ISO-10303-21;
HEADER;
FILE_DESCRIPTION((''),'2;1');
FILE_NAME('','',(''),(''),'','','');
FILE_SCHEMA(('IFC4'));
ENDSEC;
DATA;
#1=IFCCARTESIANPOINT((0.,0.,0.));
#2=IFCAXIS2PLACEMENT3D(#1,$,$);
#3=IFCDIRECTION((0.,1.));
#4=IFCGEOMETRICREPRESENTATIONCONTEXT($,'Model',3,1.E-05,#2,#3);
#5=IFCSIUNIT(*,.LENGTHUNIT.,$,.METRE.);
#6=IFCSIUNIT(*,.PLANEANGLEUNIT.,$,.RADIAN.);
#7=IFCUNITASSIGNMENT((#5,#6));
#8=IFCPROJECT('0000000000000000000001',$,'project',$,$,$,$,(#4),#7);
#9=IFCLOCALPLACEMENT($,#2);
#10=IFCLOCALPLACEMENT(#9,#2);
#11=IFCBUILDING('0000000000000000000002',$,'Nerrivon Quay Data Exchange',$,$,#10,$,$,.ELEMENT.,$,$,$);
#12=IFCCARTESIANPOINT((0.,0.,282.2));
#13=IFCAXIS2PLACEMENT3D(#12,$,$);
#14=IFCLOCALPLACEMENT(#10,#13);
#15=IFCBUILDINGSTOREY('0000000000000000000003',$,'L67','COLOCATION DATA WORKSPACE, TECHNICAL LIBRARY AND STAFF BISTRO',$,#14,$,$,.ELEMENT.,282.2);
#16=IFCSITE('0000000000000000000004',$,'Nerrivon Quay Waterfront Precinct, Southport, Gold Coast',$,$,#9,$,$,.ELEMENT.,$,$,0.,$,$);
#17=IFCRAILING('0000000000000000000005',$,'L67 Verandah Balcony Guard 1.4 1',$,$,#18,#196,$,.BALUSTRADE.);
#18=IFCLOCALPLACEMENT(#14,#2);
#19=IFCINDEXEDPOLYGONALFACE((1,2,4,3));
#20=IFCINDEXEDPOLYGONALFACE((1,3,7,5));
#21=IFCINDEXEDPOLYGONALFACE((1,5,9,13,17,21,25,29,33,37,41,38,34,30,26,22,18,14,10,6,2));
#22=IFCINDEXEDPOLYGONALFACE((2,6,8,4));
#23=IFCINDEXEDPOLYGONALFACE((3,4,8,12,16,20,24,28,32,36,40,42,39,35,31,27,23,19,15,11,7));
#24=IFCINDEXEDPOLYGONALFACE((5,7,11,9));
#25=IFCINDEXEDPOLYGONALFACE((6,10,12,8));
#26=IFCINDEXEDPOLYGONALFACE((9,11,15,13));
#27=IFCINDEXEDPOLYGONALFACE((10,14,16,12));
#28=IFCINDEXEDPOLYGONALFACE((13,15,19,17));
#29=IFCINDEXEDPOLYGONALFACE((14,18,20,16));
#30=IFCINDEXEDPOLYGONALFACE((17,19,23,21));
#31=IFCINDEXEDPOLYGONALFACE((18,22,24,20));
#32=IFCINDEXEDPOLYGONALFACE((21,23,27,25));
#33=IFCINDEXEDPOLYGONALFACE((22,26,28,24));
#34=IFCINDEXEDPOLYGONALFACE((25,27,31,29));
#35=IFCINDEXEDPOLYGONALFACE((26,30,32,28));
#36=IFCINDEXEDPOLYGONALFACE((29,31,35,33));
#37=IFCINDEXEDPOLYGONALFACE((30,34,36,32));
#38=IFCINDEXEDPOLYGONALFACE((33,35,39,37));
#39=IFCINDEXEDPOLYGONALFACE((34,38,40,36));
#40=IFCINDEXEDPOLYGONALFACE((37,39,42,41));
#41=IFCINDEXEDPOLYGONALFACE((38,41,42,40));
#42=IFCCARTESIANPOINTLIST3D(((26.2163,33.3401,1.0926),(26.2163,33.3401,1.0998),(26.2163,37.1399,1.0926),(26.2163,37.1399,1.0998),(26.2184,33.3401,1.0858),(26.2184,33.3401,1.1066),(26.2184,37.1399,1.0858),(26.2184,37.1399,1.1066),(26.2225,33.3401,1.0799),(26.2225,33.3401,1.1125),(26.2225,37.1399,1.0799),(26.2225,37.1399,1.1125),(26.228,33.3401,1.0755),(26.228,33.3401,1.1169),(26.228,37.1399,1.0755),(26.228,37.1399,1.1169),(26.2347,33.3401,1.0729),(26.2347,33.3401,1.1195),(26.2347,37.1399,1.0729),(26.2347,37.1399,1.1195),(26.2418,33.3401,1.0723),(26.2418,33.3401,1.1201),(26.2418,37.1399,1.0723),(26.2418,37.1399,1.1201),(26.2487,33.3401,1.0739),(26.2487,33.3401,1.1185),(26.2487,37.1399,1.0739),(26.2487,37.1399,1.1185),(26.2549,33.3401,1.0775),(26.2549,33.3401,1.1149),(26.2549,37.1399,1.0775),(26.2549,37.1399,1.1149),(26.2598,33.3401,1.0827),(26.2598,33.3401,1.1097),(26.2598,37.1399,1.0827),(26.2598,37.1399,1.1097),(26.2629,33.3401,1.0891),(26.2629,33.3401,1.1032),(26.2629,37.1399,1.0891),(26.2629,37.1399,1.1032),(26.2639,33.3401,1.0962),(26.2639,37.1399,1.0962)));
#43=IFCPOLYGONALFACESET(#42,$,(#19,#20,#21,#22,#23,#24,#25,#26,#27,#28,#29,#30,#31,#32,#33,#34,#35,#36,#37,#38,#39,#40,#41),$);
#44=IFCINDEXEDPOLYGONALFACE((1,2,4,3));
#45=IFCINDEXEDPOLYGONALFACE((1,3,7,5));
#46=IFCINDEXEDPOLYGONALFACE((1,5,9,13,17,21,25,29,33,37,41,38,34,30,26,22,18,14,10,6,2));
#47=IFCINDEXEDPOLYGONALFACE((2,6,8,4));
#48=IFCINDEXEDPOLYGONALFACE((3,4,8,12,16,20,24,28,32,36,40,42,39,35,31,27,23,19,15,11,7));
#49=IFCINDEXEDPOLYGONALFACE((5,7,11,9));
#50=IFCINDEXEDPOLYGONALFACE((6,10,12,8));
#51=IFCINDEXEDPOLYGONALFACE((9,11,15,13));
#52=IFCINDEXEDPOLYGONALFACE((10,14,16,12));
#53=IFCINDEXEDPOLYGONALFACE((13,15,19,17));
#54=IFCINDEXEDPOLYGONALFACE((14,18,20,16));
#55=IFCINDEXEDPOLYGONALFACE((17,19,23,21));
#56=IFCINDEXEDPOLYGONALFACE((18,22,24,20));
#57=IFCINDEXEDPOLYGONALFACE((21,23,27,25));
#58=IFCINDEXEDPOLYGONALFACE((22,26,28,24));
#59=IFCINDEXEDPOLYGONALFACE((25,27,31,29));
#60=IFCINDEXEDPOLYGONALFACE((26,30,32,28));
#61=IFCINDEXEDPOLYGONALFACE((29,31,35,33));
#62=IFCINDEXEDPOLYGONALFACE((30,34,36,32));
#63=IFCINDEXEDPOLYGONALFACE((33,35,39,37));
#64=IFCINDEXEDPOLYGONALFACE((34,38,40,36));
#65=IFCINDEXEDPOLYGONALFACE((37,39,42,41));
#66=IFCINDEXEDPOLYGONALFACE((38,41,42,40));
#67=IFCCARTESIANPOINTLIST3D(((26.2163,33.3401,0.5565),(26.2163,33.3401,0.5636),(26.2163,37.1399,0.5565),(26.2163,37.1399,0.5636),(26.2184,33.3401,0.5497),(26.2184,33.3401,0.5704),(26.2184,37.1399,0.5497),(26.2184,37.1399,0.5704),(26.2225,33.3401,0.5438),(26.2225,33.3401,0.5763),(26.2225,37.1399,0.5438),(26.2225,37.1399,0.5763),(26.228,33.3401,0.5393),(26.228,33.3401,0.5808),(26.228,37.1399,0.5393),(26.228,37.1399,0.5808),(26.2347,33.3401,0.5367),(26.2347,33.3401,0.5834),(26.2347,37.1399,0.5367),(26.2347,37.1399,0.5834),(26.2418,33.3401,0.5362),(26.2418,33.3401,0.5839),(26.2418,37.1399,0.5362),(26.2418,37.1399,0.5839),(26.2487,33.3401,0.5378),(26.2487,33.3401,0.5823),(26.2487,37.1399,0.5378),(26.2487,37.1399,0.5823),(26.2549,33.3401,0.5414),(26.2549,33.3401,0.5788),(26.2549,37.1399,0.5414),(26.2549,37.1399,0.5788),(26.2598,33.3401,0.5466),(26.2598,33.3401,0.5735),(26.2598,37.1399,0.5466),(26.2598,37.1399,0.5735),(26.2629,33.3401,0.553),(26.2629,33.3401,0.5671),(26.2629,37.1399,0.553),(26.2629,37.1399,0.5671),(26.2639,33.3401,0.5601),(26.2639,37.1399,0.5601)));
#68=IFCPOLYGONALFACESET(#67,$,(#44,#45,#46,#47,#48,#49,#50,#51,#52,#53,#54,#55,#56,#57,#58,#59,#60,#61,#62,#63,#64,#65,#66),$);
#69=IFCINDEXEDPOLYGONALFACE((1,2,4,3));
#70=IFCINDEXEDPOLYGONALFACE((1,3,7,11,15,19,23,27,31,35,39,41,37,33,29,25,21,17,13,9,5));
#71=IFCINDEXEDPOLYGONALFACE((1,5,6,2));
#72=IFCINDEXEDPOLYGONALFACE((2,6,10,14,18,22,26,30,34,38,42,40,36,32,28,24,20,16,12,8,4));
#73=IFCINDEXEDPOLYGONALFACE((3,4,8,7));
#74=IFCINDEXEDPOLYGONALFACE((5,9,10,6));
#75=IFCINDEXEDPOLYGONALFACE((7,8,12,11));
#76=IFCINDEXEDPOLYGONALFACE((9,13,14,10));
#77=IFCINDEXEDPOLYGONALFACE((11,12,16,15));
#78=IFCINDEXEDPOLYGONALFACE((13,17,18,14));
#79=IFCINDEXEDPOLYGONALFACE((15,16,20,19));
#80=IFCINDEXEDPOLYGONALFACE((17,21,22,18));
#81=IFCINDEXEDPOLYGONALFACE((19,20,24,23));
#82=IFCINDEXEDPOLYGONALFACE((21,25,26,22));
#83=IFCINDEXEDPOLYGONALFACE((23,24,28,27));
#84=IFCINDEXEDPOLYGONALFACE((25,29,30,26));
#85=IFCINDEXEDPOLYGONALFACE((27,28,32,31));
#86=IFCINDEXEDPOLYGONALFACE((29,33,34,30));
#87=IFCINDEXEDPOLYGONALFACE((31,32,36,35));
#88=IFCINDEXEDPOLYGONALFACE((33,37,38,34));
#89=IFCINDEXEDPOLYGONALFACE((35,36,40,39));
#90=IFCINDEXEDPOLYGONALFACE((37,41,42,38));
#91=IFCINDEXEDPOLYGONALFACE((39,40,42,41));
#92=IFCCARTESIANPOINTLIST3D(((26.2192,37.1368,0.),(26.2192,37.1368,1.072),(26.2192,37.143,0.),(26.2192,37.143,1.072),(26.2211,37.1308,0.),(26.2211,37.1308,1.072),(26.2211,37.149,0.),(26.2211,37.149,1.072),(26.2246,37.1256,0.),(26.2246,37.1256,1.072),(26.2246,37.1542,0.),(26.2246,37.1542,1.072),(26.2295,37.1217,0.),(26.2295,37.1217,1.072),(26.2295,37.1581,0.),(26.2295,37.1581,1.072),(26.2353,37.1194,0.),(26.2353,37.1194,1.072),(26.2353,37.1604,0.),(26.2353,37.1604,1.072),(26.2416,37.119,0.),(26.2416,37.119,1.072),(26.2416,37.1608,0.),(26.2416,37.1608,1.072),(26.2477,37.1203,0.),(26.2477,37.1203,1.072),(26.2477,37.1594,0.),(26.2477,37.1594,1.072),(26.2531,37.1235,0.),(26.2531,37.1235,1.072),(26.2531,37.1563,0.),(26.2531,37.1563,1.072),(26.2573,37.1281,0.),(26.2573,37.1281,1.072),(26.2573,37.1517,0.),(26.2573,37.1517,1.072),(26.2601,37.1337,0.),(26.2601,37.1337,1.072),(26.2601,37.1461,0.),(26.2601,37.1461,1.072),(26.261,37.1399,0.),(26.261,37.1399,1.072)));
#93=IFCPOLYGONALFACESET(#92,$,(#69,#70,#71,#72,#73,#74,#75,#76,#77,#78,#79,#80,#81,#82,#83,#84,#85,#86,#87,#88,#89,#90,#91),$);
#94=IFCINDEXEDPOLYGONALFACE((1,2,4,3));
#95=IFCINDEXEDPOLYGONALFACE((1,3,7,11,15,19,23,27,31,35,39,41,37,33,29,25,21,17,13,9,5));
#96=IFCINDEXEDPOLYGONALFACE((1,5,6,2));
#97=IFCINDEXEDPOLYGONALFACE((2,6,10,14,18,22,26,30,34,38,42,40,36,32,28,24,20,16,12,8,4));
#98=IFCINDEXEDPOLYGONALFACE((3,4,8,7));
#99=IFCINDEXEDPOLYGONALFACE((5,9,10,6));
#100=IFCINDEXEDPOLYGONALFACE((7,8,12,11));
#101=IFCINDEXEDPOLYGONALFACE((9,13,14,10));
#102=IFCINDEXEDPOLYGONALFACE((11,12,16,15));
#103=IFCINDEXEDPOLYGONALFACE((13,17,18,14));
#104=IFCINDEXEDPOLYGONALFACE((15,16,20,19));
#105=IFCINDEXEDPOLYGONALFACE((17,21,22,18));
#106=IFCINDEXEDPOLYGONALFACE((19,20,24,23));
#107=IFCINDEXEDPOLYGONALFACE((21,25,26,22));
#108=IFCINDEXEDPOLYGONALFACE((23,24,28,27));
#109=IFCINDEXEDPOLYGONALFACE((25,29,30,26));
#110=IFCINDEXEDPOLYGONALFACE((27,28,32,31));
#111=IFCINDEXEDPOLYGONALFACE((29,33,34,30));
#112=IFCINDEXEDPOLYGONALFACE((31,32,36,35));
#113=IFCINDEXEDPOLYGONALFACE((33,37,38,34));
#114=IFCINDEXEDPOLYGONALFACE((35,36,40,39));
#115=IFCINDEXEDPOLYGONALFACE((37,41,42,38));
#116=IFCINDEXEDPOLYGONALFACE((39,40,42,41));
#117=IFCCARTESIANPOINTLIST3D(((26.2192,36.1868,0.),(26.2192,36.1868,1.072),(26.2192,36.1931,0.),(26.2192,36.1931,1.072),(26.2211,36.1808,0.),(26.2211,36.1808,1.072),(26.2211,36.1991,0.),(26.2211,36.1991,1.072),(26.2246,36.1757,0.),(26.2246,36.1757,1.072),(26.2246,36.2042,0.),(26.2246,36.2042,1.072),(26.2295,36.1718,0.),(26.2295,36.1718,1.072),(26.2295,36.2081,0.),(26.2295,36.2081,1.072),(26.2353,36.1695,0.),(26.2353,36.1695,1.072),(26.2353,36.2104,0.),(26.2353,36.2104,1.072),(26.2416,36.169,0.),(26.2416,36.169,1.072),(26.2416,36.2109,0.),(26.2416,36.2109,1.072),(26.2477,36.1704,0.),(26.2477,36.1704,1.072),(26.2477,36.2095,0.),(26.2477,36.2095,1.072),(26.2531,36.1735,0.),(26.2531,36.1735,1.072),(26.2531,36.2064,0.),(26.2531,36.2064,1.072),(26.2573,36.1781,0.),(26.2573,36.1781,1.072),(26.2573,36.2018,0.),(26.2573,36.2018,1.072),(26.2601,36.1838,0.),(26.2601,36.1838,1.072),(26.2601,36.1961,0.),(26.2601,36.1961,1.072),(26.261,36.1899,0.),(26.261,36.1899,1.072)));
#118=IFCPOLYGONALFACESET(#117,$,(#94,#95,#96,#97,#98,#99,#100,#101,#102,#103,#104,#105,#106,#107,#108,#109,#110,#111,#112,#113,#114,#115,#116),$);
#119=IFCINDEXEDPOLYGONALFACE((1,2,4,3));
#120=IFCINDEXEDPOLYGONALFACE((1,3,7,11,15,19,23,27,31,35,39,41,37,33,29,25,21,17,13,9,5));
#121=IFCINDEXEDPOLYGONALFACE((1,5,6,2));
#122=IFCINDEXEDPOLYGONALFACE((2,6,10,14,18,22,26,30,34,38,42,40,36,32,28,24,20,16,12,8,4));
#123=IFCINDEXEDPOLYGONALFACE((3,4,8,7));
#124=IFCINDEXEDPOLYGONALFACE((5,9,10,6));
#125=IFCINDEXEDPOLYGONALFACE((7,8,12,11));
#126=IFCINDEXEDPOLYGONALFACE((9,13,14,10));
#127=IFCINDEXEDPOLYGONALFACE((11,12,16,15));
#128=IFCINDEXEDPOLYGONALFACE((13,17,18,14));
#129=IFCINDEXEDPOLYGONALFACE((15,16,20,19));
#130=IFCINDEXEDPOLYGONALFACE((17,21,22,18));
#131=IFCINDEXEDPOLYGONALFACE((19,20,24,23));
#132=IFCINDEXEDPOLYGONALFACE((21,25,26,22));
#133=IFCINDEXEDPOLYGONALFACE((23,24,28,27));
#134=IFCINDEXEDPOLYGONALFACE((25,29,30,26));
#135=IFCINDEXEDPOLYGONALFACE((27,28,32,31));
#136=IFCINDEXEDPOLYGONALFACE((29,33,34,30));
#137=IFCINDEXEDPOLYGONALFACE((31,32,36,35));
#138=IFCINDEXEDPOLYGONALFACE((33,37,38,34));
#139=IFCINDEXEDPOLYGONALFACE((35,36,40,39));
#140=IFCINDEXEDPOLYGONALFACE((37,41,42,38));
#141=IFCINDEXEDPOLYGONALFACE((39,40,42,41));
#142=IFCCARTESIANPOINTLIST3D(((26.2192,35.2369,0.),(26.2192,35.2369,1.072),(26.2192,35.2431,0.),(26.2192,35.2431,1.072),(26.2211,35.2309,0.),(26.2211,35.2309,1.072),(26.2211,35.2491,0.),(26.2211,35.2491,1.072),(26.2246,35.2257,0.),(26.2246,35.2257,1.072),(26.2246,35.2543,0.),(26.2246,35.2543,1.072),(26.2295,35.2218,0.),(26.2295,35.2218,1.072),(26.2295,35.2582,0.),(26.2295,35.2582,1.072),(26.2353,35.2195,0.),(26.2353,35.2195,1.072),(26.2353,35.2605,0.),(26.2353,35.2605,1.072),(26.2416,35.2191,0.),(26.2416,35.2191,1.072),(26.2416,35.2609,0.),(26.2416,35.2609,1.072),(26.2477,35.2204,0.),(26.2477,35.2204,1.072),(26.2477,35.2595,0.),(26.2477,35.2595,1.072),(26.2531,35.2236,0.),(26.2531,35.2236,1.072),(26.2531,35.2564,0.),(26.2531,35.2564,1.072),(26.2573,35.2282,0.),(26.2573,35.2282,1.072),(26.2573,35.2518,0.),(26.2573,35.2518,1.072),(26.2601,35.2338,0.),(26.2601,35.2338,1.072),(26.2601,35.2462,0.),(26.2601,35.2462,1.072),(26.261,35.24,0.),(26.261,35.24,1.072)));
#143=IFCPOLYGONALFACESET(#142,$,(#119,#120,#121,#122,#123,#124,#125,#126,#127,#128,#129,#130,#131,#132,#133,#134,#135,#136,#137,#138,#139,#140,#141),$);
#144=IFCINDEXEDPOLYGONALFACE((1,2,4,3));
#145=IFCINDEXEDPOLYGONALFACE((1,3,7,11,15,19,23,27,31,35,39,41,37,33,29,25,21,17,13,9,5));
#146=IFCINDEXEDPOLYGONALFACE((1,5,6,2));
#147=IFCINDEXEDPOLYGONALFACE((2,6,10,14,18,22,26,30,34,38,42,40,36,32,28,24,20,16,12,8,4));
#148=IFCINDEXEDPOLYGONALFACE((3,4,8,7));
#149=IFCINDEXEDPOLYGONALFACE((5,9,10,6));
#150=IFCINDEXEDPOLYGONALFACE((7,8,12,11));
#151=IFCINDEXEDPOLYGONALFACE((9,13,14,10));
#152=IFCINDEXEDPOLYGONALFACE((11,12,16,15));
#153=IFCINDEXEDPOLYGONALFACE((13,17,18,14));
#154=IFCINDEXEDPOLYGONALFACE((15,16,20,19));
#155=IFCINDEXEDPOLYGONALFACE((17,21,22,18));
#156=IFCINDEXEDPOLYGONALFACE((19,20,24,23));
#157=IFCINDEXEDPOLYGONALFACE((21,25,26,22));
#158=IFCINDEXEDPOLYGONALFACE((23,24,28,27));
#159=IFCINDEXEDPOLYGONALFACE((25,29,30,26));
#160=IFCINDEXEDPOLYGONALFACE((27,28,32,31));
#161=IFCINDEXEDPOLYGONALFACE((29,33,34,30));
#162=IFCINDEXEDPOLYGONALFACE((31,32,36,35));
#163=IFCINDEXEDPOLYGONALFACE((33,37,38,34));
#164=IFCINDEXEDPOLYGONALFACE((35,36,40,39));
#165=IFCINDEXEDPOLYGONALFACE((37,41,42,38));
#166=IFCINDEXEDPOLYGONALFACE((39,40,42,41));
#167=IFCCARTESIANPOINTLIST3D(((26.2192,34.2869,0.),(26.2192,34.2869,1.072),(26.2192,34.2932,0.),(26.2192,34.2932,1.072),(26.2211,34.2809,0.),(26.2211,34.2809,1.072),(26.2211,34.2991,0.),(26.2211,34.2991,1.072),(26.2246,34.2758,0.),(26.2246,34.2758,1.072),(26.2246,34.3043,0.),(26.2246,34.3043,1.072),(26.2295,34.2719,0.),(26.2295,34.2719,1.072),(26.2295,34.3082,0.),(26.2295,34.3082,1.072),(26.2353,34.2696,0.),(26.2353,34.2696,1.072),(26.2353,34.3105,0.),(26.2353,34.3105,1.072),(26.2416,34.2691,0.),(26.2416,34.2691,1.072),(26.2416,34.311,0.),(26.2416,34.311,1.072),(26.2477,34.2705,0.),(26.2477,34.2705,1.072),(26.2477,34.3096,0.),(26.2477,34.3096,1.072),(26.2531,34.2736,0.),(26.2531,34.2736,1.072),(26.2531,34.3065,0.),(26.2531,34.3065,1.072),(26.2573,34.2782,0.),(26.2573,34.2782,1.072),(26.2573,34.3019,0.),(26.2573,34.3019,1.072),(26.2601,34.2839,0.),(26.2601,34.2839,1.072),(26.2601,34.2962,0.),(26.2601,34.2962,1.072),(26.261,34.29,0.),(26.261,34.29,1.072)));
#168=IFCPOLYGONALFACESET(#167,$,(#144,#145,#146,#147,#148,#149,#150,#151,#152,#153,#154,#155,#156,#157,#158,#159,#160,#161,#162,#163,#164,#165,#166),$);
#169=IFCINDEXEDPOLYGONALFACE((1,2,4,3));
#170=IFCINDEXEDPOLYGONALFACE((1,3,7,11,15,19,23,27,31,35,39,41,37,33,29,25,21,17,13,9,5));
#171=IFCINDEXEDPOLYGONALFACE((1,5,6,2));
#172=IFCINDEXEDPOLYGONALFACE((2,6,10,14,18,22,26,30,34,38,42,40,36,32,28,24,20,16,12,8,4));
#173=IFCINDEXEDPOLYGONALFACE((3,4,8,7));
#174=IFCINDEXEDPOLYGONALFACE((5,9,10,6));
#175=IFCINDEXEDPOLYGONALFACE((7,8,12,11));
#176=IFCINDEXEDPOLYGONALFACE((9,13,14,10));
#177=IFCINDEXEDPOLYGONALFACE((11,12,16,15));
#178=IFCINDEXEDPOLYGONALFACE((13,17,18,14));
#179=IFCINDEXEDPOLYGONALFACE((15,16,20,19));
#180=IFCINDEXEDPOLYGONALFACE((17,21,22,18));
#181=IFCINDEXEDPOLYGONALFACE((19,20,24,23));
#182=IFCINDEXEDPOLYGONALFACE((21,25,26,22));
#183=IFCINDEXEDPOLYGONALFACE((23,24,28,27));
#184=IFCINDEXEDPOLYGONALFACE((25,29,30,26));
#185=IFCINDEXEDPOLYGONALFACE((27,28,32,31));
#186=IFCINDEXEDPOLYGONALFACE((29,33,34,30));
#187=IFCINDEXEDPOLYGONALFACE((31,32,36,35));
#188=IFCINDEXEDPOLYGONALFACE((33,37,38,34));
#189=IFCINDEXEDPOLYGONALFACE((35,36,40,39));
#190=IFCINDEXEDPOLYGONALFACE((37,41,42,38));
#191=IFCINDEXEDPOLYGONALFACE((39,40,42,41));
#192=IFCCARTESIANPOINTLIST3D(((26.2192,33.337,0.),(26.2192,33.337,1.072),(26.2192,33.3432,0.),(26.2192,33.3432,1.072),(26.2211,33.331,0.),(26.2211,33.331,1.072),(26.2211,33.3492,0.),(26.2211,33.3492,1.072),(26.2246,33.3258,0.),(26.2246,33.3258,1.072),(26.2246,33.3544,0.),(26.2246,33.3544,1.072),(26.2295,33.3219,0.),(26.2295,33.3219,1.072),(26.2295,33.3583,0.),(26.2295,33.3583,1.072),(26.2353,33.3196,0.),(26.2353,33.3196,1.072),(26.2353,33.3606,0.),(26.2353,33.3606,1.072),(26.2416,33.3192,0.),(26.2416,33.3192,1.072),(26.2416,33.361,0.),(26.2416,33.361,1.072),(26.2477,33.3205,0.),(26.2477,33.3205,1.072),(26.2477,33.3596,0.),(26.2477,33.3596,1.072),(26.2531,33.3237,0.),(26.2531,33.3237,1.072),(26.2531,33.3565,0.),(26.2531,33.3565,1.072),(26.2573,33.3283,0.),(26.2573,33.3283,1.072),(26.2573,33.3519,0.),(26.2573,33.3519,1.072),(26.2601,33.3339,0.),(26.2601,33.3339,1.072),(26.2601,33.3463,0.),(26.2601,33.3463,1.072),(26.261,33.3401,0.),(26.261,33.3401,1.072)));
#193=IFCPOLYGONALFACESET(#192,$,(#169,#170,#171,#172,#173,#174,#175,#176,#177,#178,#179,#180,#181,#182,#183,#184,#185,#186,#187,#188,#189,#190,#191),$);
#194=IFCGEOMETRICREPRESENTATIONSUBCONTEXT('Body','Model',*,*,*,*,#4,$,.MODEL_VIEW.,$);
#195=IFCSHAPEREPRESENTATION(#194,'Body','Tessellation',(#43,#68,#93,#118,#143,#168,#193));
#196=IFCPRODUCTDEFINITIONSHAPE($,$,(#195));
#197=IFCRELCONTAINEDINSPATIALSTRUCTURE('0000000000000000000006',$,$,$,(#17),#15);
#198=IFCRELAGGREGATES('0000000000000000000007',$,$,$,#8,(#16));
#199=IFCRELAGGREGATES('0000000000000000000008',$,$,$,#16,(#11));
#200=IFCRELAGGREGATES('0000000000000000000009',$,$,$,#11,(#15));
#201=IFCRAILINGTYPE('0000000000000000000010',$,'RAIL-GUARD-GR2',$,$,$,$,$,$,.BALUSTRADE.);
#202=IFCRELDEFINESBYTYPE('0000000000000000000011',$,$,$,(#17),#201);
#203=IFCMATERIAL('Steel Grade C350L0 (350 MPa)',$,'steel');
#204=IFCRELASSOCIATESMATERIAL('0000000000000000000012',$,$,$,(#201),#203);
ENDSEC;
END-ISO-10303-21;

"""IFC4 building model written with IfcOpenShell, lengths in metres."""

from ifc_helpers import new_model, si_unit, direction, frame, origin, origin_2d, place, context, subcontext, project, spatial, circle, extrude, material, type_object, element, save


model = new_model("IFC4")

# Units and contexts
model_context = context("Model", 3, precision=1e-05, world=origin(), true_north=direction((0.0, 1.0)))
body_context = subcontext(model_context, "Body", "Model", "MODEL_VIEW")
ifc_project = project(units=[si_unit("LENGTHUNIT", "METRE"), si_unit("PLANEANGLEUNIT", "RADIAN")], contexts=[model_context])

# Site, building, storey
site_placement = place(None, origin())
site = spatial("IfcSite", under=ifc_project, at=site_placement, Name="Nerrivon Quay Waterfront Precinct, Southport, Gold Coast", CompositionType="ELEMENT", RefElevation=0.0)
building_placement = place(site_placement, origin())
building = spatial("IfcBuilding", under=site, at=building_placement, Name="Nerrivon Quay Data Exchange", CompositionType="ELEMENT")
storey_placement = place(building_placement, frame((0.0, 0.0, 282.2)))
storey = spatial("IfcBuildingStorey", under=building, at=storey_placement, Name="L67", Description="COLOCATION DATA WORKSPACE, TECHNICAL LIBRARY AND STAFF BISTRO", CompositionType="ELEMENT", Elevation=282.2)

# Shared definitions
ifc_material_1 = material(Name="Steel Grade C350L0 (350 MPa)", Category="steel")

# Railing
railing_type = type_object("IfcRailingType", Name="RAIL-GUARD-GR2", PredefinedType="BALUSTRADE", material=ifc_material_1)
railing_1_placement = place(storey_placement, frame((26.24, 37.1399, 0.0)))
element("IfcRailing", 1, at=railing_1_placement, inside=storey, type_object=railing_type, Name="L67 Verandah Balcony Guard 1.4 1", PredefinedType="BALUSTRADE", context=body_context, shape_type="SweptSolid", body=[
    extrude(circle(Radius=0.0239, at=origin_2d()), frame((0.0, 0.0, 1.0962), z_axis=(0.0, -1.0, 0.0), x_axis=(1.0, 0.0, 0.0)), (0.0, 0.0, 1.0), 3.7998),
    extrude(circle(Radius=0.0239, at=origin_2d()), frame((0.0, 0.0, 0.5601), z_axis=(0.0, -1.0, 0.0), x_axis=(1.0, 0.0, 0.0)), (0.0, 0.0, 1.0), 3.7998),
    extrude(circle(Radius=0.021, at=origin_2d()), origin(), (0.0, 0.0, 1.0), 1.072),
    extrude(circle(Radius=0.021, at=origin_2d()), frame((0.0, -0.95, 0.0)), (0.0, 0.0, 1.0), 1.072),
    extrude(circle(Radius=0.021, at=origin_2d()), frame((0.0, -1.8999, 0.0)), (0.0, 0.0, 1.0), 1.072),
    extrude(circle(Radius=0.021, at=origin_2d()), frame((0.0, -2.8499, 0.0)), (0.0, 0.0, 1.0), 1.072),
    extrude(circle(Radius=0.021, at=origin_2d()), frame((0.0, -3.7998, 0.0)), (0.0, 0.0, 1.0), 1.072),
])

save(model, "model.ifc")
